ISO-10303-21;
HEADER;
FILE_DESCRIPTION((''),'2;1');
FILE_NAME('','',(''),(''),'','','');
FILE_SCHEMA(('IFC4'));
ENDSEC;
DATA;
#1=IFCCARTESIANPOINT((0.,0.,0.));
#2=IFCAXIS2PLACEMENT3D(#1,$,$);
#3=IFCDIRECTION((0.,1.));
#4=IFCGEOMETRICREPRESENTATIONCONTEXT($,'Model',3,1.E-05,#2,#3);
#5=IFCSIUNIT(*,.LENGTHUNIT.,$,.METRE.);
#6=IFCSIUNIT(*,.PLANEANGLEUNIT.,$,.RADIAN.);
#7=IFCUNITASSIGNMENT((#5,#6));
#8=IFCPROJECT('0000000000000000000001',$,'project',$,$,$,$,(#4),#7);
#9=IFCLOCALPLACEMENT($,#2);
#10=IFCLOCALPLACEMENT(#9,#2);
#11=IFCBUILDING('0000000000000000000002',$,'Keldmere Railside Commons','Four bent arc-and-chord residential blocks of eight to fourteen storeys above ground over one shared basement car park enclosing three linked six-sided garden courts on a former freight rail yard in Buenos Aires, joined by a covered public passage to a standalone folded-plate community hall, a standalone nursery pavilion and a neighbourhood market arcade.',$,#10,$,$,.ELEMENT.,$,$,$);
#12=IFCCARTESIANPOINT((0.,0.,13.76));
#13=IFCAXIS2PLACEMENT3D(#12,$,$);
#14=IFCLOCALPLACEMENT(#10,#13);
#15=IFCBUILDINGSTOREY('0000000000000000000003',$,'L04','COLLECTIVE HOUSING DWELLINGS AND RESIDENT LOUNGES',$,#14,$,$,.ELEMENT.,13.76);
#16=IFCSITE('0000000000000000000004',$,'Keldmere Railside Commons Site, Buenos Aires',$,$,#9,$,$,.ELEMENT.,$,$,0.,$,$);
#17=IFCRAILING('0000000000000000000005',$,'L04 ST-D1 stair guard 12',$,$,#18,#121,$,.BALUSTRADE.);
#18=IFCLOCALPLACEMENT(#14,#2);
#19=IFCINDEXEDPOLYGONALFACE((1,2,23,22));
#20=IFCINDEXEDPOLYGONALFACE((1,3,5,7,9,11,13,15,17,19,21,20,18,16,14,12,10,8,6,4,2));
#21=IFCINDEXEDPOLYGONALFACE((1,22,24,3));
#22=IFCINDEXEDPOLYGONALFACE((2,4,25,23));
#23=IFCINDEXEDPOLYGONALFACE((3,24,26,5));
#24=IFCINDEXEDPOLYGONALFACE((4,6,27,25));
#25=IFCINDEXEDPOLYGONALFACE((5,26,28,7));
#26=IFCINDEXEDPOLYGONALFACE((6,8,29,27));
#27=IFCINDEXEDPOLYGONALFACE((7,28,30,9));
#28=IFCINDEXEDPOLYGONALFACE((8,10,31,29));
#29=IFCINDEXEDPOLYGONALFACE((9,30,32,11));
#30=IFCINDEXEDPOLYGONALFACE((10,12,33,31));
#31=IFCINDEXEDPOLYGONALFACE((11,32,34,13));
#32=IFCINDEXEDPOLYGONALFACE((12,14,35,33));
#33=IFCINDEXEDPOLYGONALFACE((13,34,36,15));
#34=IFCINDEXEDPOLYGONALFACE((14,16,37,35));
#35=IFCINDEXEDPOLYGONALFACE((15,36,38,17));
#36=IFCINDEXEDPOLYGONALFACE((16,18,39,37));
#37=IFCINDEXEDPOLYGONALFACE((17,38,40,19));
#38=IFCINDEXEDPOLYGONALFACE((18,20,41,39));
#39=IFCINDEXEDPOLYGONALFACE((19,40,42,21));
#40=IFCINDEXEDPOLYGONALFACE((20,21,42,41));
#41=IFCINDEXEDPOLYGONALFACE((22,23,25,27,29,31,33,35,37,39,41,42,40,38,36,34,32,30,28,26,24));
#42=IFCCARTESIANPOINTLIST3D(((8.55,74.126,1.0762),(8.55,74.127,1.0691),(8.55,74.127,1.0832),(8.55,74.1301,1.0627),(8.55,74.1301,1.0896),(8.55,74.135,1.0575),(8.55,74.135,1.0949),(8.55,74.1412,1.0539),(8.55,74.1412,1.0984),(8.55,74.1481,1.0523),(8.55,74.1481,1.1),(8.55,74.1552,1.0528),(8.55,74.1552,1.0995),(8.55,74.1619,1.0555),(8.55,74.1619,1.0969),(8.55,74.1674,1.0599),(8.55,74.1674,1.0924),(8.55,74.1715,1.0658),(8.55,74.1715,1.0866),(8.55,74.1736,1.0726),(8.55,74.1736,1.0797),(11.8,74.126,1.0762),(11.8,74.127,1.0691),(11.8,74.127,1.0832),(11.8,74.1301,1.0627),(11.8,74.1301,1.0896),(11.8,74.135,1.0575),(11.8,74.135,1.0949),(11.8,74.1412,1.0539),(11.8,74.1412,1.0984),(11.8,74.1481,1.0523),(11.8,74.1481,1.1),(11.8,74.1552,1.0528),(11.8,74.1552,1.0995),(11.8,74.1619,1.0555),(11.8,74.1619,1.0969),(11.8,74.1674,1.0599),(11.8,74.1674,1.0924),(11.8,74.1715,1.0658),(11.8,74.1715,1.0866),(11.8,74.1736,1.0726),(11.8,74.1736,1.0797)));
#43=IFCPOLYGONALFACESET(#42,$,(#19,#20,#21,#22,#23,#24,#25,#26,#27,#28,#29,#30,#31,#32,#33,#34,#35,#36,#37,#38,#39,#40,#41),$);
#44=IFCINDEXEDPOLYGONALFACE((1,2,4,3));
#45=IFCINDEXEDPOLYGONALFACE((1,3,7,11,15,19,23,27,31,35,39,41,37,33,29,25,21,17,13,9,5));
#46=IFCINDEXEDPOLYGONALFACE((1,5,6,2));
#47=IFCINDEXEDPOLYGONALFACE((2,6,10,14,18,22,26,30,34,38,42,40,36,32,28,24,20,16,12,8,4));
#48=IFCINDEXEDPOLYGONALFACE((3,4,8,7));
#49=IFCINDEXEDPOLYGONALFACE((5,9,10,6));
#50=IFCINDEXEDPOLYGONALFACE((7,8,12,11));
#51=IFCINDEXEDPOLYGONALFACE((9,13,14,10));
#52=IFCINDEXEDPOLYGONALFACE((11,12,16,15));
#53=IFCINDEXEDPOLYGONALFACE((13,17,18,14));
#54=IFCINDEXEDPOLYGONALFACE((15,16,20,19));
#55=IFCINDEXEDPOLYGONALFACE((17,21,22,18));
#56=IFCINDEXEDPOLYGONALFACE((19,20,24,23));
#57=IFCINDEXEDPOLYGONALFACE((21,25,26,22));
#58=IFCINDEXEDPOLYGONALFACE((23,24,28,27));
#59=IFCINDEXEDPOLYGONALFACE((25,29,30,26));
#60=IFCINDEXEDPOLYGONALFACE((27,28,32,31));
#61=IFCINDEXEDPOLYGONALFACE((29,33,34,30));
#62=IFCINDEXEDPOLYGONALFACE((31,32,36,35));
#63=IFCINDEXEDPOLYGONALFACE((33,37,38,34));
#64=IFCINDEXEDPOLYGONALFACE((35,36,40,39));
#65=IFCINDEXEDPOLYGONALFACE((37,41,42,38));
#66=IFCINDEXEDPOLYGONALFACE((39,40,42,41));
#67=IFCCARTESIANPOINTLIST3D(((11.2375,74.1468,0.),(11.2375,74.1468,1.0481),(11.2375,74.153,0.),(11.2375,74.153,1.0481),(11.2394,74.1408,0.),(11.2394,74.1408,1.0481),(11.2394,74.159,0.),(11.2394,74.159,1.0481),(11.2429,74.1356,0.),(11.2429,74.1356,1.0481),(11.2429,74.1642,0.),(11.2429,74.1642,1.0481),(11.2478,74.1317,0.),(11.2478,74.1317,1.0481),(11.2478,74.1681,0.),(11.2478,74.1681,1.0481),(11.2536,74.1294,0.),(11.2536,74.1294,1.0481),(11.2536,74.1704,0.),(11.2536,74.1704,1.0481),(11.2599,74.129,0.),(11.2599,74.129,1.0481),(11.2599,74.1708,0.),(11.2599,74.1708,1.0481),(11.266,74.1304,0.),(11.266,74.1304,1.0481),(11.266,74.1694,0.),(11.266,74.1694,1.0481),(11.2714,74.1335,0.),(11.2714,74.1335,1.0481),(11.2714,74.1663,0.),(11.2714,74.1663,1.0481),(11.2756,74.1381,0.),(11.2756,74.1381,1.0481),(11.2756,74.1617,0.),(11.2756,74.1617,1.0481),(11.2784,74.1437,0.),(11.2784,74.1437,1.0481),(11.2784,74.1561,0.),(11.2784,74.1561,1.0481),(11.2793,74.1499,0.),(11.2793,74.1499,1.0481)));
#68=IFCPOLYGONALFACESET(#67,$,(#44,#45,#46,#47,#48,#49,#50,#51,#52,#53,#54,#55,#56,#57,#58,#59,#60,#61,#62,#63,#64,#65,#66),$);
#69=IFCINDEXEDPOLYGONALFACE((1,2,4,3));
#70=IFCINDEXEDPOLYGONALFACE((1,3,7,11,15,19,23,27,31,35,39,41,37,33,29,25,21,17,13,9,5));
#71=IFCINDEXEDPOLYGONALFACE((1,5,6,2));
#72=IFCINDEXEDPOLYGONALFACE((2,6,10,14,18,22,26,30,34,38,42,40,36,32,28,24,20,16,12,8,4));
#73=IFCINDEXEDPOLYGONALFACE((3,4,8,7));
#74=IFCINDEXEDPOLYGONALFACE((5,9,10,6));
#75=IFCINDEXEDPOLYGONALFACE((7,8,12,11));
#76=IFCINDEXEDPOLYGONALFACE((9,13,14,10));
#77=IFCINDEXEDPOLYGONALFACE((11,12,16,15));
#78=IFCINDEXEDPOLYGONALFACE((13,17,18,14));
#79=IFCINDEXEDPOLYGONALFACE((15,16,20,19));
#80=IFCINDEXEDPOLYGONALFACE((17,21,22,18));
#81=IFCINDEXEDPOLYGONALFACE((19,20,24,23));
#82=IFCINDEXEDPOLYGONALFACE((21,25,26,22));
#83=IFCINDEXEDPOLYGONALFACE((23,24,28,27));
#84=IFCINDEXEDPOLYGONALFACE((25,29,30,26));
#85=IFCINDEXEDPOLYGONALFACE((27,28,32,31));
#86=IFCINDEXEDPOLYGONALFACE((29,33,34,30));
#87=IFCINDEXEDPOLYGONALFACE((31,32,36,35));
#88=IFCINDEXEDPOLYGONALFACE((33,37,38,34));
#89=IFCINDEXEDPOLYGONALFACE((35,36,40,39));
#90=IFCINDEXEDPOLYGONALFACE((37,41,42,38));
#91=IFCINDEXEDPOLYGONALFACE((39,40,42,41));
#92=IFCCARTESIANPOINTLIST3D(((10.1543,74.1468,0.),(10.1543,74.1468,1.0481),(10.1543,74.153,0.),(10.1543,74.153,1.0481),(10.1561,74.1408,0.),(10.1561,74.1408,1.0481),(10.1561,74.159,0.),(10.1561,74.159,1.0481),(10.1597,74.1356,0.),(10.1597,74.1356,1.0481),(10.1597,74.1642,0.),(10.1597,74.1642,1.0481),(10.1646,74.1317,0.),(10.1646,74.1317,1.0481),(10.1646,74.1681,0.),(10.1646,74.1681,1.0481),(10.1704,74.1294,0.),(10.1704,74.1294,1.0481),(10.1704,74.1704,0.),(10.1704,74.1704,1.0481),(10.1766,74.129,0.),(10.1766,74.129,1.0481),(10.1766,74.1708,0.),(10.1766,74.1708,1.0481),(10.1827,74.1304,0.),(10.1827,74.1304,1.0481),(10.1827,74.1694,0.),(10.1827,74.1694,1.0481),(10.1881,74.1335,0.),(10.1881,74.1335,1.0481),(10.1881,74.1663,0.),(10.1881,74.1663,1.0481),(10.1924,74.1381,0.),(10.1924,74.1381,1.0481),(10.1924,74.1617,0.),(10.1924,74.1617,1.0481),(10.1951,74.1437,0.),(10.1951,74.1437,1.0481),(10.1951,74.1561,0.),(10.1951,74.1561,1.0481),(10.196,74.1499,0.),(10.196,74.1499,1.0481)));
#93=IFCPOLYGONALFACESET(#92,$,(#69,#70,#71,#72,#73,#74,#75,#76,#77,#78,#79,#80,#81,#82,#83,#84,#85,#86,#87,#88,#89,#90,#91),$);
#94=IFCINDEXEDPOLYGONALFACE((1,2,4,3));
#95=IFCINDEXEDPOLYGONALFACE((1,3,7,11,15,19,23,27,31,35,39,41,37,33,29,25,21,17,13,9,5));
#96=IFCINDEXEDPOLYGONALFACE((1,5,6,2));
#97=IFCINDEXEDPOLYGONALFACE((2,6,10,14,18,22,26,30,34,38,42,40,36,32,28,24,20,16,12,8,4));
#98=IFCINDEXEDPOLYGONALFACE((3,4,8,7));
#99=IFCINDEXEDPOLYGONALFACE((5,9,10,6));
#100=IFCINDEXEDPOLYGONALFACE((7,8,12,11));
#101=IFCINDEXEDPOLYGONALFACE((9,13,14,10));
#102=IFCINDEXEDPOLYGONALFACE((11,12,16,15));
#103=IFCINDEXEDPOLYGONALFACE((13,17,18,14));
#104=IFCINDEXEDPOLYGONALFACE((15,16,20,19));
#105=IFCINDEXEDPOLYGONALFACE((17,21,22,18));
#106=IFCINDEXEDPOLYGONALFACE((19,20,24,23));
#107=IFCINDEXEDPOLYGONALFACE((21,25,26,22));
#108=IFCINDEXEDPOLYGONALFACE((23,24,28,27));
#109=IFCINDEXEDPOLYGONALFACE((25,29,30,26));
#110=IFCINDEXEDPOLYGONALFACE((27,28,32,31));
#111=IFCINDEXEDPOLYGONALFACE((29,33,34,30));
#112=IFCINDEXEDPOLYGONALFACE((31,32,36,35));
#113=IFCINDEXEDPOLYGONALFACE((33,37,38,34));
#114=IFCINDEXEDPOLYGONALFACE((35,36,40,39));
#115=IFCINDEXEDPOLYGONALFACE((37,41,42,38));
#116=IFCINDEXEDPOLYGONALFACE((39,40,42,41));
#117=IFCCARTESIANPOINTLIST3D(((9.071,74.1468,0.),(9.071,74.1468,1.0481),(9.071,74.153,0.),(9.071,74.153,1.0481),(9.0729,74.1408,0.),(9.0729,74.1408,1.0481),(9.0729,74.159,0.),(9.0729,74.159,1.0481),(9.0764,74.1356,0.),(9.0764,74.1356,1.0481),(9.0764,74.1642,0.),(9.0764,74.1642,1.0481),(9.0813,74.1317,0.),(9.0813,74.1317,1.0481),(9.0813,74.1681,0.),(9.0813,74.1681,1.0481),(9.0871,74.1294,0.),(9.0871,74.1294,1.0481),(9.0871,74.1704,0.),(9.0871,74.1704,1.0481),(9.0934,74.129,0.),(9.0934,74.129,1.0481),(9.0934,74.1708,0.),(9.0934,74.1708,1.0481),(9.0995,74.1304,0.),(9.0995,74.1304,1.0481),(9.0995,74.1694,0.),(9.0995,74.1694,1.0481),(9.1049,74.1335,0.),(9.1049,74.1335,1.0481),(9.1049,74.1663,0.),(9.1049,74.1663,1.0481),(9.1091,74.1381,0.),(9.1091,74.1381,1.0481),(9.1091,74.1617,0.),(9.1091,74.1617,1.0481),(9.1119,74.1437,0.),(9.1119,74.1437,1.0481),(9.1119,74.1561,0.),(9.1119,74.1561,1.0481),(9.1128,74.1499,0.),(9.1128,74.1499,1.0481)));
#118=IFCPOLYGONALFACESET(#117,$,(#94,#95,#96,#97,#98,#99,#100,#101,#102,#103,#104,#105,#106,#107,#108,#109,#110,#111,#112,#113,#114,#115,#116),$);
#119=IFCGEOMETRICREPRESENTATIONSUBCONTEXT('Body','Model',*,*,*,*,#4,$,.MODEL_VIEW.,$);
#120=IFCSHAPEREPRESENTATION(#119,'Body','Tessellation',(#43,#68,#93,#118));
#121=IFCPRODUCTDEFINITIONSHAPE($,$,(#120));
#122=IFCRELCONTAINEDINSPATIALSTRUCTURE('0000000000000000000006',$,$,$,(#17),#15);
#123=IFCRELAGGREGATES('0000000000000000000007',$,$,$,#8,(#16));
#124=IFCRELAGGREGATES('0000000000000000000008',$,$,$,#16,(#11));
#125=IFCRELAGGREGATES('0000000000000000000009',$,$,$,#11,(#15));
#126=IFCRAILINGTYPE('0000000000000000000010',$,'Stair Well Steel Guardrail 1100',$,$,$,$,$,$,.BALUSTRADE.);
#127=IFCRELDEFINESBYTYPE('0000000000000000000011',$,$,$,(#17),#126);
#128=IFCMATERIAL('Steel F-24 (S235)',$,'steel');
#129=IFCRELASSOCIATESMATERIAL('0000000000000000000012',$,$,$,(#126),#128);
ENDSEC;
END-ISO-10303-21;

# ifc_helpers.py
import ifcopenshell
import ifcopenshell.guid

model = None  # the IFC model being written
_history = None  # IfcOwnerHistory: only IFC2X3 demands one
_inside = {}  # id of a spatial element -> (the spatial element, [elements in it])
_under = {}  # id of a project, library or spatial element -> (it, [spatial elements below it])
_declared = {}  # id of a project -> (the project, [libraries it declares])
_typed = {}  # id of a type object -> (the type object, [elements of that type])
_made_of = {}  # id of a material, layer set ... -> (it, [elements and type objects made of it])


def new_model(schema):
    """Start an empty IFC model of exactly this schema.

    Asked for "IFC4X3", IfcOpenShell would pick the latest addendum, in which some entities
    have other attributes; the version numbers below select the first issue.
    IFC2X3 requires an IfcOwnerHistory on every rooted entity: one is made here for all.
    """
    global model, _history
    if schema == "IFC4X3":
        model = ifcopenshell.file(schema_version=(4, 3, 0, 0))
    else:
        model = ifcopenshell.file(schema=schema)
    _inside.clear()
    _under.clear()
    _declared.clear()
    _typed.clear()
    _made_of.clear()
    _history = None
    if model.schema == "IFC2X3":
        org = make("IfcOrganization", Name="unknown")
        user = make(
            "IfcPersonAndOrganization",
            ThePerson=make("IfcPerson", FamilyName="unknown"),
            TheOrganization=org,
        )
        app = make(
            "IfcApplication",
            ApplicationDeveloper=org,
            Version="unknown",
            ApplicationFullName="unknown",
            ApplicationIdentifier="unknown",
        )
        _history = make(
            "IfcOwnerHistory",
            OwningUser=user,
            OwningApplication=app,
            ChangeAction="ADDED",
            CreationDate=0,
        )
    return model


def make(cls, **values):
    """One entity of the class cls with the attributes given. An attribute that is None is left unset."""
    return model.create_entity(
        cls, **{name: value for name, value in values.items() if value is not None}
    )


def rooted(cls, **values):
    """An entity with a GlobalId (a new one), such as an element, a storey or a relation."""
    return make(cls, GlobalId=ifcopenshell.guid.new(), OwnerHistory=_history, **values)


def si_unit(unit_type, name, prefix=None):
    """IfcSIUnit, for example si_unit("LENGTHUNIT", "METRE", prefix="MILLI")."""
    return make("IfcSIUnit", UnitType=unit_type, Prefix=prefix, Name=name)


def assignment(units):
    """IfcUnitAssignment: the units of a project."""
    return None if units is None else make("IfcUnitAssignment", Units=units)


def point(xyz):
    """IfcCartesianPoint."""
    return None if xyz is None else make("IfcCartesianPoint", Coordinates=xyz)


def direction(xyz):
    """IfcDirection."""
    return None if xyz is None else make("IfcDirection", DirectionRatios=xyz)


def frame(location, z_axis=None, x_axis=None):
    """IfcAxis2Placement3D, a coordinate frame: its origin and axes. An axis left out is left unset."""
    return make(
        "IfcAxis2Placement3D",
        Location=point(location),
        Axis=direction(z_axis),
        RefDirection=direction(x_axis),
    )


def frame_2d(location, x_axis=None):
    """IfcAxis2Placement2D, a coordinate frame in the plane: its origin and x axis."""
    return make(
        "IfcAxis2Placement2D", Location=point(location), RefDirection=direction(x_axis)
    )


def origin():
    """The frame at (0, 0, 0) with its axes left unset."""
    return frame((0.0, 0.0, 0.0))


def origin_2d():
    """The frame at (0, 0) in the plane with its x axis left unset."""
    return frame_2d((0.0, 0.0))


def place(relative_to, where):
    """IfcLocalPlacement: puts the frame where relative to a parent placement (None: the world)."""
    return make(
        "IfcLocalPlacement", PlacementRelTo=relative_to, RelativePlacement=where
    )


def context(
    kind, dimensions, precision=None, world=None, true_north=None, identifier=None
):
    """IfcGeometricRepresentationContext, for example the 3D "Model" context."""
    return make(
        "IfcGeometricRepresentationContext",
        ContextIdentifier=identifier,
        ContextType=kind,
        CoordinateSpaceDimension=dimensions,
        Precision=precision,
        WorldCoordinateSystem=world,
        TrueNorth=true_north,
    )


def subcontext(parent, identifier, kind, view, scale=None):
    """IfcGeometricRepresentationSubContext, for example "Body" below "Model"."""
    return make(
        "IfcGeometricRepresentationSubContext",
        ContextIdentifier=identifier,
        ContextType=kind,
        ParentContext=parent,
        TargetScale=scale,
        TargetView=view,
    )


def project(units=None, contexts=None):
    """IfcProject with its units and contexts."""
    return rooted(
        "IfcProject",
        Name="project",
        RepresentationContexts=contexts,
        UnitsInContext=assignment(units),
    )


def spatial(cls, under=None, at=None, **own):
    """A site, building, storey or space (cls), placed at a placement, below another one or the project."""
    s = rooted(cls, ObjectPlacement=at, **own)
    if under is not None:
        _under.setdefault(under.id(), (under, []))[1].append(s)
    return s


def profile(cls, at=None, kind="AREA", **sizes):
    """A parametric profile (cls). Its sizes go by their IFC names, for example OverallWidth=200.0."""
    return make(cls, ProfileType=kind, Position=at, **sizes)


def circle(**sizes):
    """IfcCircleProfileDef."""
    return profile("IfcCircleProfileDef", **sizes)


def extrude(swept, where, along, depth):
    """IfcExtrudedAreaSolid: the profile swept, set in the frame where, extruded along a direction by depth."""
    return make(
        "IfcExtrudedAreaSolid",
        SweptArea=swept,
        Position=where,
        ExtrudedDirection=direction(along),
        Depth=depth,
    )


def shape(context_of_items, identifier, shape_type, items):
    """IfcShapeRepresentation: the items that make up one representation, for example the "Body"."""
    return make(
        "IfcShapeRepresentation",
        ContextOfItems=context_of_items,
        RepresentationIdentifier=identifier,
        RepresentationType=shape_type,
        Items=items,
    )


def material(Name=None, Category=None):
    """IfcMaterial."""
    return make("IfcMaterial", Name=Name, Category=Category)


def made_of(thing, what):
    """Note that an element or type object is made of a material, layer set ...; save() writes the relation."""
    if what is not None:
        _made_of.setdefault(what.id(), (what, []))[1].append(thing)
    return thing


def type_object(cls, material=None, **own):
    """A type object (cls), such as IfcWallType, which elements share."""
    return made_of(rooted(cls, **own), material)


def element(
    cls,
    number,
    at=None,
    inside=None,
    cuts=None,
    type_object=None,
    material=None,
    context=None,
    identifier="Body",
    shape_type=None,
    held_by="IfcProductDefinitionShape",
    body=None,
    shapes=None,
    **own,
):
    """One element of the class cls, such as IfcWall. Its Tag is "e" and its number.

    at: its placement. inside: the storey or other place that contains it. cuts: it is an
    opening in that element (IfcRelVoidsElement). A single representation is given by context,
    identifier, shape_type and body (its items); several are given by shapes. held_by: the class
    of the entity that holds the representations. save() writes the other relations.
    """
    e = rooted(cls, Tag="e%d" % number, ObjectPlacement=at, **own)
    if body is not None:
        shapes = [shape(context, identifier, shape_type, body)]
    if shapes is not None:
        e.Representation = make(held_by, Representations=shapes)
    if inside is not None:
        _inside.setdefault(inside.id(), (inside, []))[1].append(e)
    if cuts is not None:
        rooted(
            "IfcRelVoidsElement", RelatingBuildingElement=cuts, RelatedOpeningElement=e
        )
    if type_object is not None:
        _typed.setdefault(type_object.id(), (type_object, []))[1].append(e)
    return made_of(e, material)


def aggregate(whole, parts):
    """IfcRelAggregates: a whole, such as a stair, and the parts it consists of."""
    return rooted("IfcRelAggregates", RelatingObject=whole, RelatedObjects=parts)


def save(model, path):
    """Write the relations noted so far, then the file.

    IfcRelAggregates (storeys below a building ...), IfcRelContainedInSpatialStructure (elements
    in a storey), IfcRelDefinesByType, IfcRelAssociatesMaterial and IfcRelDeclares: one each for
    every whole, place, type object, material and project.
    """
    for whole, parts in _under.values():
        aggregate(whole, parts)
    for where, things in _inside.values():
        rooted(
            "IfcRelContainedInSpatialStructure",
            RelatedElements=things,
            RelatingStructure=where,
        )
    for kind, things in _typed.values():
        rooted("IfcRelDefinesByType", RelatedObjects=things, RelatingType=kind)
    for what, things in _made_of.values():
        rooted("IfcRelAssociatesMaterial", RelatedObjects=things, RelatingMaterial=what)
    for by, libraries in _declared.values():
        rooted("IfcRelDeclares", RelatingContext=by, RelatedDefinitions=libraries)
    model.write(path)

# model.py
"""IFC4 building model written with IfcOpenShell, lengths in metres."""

from ifc_helpers import new_model, si_unit, direction, frame, origin, origin_2d, place, context, subcontext, project, spatial, circle, extrude, material, type_object, element, save


model = new_model("IFC4")

# Units and contexts
model_context = context("Model", 3, precision=1e-05, world=origin(), true_north=direction((0.0, 1.0)))
body_context = subcontext(model_context, "Body", "Model", "MODEL_VIEW")
ifc_project = project(units=[si_unit("LENGTHUNIT", "METRE"), si_unit("PLANEANGLEUNIT", "RADIAN")], contexts=[model_context])

# Site, building, storey
site_placement = place(None, origin())
site = spatial("IfcSite", under=ifc_project, at=site_placement, Name="Keldmere Railside Commons Site, Buenos Aires", CompositionType="ELEMENT", RefElevation=0.0)
building_placement = place(site_placement, origin())
building = spatial("IfcBuilding", under=site, at=building_placement, Name="Keldmere Railside Commons", Description="Four bent arc-and-chord residential blocks of eight to fourteen storeys above ground over one shared basement car park enclosing three linked six-sided garden courts on a former freight rail yard in Buenos Aires, joined by a covered public passage to a standalone folded-plate community hall, a standalone nursery pavilion and a neighbourhood market arcade.", CompositionType="ELEMENT")
storey_placement = place(building_placement, frame((0.0, 0.0, 13.76)))
storey = spatial("IfcBuildingStorey", under=building, at=storey_placement, Name="L04", Description="COLLECTIVE HOUSING DWELLINGS AND RESIDENT LOUNGES", CompositionType="ELEMENT", Elevation=13.76)

# Shared definitions
ifc_material_1 = material(Name="Steel F-24 (S235)", Category="steel")

# Railing
railing_type_1 = type_object("IfcRailingType", Name="Stair Well Steel Guardrail 1100", PredefinedType="BALUSTRADE", material=ifc_material_1)
railing_1_placement = place(storey_placement, frame((11.8, 74.1499, 0.0)))
element("IfcRailing", 1, at=railing_1_placement, inside=storey, type_object=railing_type_1, Name="L04 ST-D1 stair guard 12", PredefinedType="BALUSTRADE", context=body_context, shape_type="SweptSolid", body=[
    extrude(circle(Radius=0.0239, at=origin_2d()), frame((0.0, 0.0, 1.0762), z_axis=(-1.0, 0.0, 0.0), x_axis=(0.0, -1.0, 0.0)), (0.0, 0.0, 1.0), 3.25),
    extrude(circle(Radius=0.021, at=origin_2d()), frame((-0.5417, 0.0, 0.0)), (0.0, 0.0, 1.0), 1.0481),
    extrude(circle(Radius=0.021, at=origin_2d()), frame((-1.625, 0.0, 0.0)), (0.0, 0.0, 1.0), 1.0481),
    extrude(circle(Radius=0.021, at=origin_2d()), frame((-2.7083, 0.0, 0.0)), (0.0, 0.0, 1.0), 1.0481),
])

save(model, "model.ifc")
